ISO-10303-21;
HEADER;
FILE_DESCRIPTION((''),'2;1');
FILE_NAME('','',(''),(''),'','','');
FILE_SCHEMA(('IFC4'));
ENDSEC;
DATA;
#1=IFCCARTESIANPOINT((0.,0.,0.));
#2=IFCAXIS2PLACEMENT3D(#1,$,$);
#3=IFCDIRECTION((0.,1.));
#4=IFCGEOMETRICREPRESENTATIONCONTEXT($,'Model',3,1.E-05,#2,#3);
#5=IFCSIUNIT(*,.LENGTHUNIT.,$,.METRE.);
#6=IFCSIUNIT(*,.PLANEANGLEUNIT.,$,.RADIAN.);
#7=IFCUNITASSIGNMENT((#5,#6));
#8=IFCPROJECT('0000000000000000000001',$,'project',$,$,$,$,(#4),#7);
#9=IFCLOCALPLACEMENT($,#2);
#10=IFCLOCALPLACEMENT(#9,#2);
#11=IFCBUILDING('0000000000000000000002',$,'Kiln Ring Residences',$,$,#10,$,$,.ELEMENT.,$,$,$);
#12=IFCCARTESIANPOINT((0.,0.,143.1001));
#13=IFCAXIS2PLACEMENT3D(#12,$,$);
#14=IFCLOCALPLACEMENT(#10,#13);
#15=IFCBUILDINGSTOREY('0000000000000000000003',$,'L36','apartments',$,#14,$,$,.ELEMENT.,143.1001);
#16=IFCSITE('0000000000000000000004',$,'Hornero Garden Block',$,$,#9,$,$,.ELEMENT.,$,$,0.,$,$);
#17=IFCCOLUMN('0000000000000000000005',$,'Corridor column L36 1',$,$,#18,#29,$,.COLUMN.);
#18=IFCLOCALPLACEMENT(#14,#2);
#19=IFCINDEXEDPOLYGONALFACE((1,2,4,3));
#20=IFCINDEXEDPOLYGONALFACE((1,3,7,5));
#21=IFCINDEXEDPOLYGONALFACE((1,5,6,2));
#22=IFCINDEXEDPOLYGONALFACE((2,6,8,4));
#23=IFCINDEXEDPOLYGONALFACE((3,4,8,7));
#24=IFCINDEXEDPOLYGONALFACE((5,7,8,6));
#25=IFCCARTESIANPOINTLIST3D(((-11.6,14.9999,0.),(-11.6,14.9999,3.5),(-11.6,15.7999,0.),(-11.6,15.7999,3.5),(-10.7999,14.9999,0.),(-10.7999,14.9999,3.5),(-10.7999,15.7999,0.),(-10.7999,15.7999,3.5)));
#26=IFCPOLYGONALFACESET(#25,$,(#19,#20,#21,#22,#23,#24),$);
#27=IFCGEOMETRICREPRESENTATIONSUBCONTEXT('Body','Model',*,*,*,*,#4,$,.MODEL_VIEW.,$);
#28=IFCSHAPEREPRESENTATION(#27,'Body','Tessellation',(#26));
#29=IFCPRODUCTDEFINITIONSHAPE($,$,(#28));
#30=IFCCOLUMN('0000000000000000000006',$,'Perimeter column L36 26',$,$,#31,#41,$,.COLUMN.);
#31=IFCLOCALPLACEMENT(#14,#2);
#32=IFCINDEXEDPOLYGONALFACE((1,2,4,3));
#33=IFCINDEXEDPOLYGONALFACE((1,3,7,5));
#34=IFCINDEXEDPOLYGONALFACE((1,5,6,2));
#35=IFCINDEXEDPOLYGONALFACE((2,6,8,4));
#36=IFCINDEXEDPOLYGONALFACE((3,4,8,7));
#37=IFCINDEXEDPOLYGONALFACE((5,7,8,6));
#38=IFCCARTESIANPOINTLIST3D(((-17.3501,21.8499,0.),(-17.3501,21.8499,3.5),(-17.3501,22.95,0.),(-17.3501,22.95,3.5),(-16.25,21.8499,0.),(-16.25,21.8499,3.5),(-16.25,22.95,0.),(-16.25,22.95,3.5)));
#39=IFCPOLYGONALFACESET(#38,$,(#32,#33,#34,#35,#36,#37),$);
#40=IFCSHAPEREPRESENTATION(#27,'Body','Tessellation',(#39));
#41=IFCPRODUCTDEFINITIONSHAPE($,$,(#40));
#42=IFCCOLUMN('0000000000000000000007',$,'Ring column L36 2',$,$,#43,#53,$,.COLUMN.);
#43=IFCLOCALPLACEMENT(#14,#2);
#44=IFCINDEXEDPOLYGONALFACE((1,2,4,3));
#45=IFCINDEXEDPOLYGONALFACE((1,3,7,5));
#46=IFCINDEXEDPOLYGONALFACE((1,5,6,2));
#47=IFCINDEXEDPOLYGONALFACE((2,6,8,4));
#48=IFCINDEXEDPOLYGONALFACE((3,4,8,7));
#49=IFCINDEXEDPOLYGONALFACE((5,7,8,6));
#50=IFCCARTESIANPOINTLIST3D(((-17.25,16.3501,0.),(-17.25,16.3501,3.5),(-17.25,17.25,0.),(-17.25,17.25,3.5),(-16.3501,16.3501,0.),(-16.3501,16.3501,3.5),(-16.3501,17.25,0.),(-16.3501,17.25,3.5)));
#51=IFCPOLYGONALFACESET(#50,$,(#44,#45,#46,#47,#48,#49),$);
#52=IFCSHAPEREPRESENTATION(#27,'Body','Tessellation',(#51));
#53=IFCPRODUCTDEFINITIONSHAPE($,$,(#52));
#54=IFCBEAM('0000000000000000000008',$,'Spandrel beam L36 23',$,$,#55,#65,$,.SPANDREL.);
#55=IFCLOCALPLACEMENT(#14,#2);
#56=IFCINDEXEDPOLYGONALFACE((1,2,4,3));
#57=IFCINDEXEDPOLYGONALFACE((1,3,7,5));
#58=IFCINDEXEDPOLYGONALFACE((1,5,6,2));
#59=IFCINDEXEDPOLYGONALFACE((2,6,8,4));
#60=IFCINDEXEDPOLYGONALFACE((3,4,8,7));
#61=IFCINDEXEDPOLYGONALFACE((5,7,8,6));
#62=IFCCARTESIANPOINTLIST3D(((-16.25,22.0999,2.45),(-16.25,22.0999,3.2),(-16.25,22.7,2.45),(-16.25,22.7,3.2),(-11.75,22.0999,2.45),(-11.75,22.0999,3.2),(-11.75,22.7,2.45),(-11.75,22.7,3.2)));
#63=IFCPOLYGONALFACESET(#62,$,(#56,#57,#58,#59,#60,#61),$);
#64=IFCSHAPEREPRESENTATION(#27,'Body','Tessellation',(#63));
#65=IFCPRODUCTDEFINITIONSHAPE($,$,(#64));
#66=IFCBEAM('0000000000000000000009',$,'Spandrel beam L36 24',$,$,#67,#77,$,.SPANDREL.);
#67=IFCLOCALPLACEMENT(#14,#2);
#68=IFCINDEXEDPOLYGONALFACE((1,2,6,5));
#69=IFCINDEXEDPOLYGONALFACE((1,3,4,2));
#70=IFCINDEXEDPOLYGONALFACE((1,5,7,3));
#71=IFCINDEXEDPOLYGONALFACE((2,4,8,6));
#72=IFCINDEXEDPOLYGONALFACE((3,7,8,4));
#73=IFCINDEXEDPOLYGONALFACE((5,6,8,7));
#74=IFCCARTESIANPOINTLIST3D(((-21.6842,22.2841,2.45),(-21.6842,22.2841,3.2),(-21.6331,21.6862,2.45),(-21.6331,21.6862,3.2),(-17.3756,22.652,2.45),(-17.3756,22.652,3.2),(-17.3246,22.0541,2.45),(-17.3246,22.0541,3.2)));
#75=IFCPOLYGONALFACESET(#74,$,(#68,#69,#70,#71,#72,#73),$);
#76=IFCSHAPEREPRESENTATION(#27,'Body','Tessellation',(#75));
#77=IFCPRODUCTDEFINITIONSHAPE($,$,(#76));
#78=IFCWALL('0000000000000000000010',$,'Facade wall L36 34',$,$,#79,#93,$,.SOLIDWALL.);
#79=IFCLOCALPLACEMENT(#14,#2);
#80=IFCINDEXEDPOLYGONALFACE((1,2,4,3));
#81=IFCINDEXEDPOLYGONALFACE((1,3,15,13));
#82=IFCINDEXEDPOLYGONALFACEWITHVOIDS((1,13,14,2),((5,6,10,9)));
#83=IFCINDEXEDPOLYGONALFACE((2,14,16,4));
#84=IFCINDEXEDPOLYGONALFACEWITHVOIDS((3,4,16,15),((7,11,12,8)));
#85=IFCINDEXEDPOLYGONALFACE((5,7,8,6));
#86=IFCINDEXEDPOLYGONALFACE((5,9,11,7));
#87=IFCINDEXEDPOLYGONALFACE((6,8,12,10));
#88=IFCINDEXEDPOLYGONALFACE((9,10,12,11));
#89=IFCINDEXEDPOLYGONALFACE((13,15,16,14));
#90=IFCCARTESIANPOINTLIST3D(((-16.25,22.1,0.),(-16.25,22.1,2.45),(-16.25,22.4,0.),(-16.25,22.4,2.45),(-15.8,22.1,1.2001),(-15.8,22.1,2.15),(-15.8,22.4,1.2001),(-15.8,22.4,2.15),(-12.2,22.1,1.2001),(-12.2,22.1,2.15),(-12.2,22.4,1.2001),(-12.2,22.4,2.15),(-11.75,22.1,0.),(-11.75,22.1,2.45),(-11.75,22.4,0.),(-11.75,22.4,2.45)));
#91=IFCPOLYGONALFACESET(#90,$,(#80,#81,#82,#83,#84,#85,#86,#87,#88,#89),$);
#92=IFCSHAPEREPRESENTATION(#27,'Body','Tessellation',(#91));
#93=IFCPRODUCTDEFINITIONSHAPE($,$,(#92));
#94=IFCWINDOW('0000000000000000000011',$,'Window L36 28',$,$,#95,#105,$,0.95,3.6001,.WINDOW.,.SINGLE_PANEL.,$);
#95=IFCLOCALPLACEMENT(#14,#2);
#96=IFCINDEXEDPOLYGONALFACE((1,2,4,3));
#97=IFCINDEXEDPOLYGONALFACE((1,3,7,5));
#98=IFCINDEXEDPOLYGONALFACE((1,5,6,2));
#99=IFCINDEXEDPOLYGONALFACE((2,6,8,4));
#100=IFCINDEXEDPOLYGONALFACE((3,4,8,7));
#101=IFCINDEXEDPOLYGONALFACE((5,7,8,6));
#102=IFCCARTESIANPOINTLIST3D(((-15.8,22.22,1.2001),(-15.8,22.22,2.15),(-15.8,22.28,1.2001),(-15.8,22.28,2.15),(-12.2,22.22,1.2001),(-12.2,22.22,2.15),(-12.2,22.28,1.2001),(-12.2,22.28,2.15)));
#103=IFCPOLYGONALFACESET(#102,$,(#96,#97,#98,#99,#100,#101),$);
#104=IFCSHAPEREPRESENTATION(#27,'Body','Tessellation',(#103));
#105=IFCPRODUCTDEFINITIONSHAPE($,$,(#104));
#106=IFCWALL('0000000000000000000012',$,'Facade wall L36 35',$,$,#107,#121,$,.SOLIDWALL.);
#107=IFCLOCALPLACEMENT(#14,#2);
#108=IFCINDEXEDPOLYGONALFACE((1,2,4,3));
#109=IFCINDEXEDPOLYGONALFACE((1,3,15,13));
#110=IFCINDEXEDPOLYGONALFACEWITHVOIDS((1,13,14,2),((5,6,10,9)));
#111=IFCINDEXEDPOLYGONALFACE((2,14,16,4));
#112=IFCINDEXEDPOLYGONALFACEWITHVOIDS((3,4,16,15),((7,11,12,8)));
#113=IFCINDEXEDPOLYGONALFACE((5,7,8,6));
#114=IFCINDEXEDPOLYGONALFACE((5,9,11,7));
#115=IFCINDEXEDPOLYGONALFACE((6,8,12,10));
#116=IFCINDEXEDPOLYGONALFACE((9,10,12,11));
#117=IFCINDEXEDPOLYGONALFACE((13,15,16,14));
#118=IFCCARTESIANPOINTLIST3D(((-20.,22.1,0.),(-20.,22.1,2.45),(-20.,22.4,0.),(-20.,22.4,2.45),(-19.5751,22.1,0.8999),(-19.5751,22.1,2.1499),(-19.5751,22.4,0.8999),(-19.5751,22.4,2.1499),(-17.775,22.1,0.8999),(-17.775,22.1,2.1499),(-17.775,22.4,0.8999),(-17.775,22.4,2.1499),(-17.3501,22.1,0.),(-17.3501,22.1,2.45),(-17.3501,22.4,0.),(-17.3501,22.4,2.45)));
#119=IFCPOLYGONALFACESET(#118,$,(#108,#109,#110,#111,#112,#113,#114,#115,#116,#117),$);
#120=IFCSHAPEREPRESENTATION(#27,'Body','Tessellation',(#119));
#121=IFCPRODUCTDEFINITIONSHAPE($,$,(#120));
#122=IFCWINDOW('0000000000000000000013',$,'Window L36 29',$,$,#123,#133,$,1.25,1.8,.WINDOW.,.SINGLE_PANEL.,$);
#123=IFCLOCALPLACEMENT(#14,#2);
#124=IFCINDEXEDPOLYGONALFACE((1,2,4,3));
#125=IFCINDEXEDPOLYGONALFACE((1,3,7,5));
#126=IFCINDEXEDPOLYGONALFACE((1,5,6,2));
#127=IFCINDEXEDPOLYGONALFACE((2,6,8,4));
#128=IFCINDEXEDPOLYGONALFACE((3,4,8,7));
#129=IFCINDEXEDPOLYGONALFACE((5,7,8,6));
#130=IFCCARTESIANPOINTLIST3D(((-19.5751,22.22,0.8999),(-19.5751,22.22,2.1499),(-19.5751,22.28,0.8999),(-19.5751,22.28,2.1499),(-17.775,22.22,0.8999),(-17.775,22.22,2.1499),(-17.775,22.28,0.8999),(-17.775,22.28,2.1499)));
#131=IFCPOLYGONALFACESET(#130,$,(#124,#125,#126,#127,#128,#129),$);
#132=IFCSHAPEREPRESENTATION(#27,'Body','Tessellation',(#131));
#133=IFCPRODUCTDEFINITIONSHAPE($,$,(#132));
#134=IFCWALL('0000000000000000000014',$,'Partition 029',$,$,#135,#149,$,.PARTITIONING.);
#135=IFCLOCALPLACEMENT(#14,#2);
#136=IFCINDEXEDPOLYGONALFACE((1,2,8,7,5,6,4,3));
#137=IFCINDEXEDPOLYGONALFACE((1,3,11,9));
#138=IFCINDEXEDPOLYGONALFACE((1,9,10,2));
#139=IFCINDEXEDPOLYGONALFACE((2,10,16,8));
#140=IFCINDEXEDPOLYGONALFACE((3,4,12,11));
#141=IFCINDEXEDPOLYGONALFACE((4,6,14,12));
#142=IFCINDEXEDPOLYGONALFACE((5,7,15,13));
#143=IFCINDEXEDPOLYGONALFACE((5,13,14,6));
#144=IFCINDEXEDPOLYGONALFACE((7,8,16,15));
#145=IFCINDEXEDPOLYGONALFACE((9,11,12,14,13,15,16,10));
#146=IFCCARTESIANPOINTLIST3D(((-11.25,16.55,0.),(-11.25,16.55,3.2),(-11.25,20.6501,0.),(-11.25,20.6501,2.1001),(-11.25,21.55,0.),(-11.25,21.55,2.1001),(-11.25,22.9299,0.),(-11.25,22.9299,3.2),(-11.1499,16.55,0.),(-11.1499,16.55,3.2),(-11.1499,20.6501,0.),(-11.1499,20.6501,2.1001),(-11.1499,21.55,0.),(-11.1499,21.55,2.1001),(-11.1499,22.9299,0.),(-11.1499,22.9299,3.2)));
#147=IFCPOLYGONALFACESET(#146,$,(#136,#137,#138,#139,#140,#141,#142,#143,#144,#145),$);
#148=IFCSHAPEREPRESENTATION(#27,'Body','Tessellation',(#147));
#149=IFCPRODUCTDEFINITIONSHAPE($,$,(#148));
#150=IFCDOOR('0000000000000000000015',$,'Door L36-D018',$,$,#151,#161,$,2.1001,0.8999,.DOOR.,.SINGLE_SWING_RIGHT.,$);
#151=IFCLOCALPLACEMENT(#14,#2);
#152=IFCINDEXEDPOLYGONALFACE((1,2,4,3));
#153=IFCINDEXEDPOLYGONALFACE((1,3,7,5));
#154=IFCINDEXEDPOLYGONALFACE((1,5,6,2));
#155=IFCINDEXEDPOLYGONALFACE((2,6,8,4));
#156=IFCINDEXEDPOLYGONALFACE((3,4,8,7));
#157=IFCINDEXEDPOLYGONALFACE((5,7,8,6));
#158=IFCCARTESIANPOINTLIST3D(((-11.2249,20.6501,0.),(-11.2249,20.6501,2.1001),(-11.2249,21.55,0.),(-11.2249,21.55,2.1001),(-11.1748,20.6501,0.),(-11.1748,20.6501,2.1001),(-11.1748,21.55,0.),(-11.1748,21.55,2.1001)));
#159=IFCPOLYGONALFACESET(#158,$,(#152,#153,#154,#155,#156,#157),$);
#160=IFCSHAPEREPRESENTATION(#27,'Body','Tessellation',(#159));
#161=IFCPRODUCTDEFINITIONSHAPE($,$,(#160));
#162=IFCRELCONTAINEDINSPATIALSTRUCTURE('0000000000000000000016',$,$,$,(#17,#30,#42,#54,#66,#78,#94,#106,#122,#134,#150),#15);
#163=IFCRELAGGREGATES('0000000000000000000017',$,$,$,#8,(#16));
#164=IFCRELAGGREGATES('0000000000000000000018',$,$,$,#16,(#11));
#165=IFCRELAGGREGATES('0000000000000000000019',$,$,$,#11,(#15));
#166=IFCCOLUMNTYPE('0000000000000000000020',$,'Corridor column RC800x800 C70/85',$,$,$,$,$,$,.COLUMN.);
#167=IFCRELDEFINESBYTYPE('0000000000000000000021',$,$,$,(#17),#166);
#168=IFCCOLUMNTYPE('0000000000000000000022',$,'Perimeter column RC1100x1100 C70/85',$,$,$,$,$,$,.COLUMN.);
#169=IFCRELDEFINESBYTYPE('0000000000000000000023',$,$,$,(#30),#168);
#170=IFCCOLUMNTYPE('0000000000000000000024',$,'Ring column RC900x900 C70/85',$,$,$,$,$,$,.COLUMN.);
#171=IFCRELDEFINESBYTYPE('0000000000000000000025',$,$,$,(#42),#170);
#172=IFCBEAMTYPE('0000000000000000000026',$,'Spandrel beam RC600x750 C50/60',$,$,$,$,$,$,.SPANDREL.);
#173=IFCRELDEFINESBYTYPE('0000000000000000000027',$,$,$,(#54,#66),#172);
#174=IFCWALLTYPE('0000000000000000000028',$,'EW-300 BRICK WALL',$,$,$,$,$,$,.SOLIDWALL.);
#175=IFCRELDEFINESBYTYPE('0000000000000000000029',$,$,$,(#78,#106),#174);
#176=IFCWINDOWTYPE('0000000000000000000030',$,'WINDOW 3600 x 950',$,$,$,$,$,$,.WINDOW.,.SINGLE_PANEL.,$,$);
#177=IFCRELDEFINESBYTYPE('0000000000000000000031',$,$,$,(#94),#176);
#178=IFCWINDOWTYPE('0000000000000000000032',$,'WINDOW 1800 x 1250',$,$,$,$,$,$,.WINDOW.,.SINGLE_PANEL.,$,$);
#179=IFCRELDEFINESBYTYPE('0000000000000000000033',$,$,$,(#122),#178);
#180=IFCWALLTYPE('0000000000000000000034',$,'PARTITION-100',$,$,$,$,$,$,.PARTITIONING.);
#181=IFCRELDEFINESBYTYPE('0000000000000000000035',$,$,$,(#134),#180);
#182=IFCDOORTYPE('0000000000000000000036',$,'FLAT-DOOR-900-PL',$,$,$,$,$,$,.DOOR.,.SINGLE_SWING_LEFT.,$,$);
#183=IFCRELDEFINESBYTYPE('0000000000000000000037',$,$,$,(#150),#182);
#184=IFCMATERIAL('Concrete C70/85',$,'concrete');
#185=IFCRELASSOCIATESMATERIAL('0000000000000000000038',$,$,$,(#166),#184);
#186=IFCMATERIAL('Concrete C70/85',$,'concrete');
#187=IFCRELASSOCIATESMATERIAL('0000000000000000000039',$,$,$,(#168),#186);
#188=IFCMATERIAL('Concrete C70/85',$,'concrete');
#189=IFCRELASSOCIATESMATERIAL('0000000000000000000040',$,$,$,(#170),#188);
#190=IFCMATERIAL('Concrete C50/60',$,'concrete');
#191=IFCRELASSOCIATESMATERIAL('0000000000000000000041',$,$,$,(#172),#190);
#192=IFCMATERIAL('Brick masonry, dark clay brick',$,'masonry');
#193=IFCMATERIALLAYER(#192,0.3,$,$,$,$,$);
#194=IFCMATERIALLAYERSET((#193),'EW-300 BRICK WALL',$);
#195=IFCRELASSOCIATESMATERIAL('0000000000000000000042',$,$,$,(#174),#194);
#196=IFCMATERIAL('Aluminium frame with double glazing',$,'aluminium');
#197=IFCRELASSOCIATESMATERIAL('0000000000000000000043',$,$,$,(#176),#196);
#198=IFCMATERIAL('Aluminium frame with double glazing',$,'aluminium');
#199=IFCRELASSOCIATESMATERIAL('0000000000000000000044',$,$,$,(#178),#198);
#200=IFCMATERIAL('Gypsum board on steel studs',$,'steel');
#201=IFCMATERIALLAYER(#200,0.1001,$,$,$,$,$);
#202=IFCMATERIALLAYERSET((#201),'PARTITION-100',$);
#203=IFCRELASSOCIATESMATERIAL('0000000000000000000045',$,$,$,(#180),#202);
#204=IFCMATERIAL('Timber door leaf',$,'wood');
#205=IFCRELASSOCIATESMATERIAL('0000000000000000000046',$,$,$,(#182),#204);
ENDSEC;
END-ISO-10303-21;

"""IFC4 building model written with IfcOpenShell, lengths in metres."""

from ifc_helpers import new_model, si_unit, direction, frame, frame_2d, origin, origin_2d, place, context, subcontext, project, spatial, rectangle, extrude, material, layer, layer_set, material_profile, profile_set, type_object, element, fill, save


model = new_model("IFC4")

# Units and contexts
model_context = context("Model", 3, precision=1e-05, world=origin(), true_north=direction((0.0, 1.0)))
body_context = subcontext(model_context, "Body", "Model", "MODEL_VIEW")
ifc_project = project(units=[si_unit("LENGTHUNIT", "METRE"), si_unit("PLANEANGLEUNIT", "RADIAN")], contexts=[model_context])

# Site, building, storey
site_placement = place(None, origin())
site = spatial("IfcSite", under=ifc_project, at=site_placement, Name="Hornero Garden Block", CompositionType="ELEMENT", RefElevation=0.0)
building_placement = place(site_placement, origin())
building = spatial("IfcBuilding", under=site, at=building_placement, Name="Kiln Ring Residences", CompositionType="ELEMENT")
storey_placement = place(building_placement, frame((0.0, 0.0, 143.1001)))
storey = spatial("IfcBuildingStorey", under=building, at=storey_placement, Name="L36", Description="apartments", CompositionType="ELEMENT", Elevation=143.1001)

# Columns
ifc_material_1 = material(Name="Concrete C70/85", Category="concrete")
ifc_material_profile_1 = material_profile(ifc_material_1, rectangle(XDim=0.8, YDim=0.8, at=origin_2d()), Name="RC800x800")
ifc_profile_set_1 = profile_set([ifc_material_profile_1], Name="Concrete C70/85")
column_type_1 = type_object("IfcColumnType", Name="Corridor column RC800x800 C70/85", PredefinedType="COLUMN", material=ifc_profile_set_1)
column_1_placement = place(storey_placement, frame((-11.2, 15.3999, 0.0), z_axis=(0.0, 0.0, 1.0), x_axis=(1.0, 0.0, 0.0)))
element("IfcColumn", 1, at=column_1_placement, inside=storey, type_object=column_type_1, Name="Corridor column L36 1", PredefinedType="COLUMN", context=body_context, shape_type="SweptSolid", body=[
    extrude(rectangle(XDim=0.8, YDim=0.8, at=origin_2d()), origin(), (0.0, 0.0, 1.0), 3.5),
])
ifc_material_2 = material(Name="Concrete C70/85", Category="concrete")
ifc_material_profile_2 = material_profile(ifc_material_2, rectangle(XDim=1.1001, YDim=1.1001, at=origin_2d()), Name="RC1100x1100")
ifc_profile_set_2 = profile_set([ifc_material_profile_2], Name="Concrete C70/85")
column_type_2 = type_object("IfcColumnType", Name="Perimeter column RC1100x1100 C70/85", PredefinedType="COLUMN", material=ifc_profile_set_2)
column_2_placement = place(storey_placement, frame((-16.8, 22.3999, 0.0), z_axis=(0.0, 0.0, 1.0), x_axis=(1.0, 0.0, 0.0)))
element("IfcColumn", 2, at=column_2_placement, inside=storey, type_object=column_type_2, Name="Perimeter column L36 26", PredefinedType="COLUMN", context=body_context, shape_type="SweptSolid", body=[
    extrude(rectangle(XDim=1.1001, YDim=1.1001, at=origin_2d()), origin(), (0.0, 0.0, 1.0), 3.5),
])
ifc_material_3 = material(Name="Concrete C70/85", Category="concrete")
ifc_material_profile_3 = material_profile(ifc_material_3, rectangle(XDim=0.8999, YDim=0.8999, at=origin_2d()), Name="RC900x900")
ifc_profile_set_3 = profile_set([ifc_material_profile_3], Name="Concrete C70/85")
column_type_3 = type_object("IfcColumnType", Name="Ring column RC900x900 C70/85", PredefinedType="COLUMN", material=ifc_profile_set_3)
column_3_placement = place(storey_placement, frame((-16.8, 16.8, 0.0), z_axis=(0.0, 0.0, 1.0), x_axis=(1.0, 0.0, 0.0)))
element("IfcColumn", 3, at=column_3_placement, inside=storey, type_object=column_type_3, Name="Ring column L36 2", PredefinedType="COLUMN", context=body_context, shape_type="SweptSolid", body=[
    extrude(rectangle(XDim=0.8999, YDim=0.8999, at=origin_2d()), origin(), (0.0, 0.0, 1.0), 3.5),
])

# Beams
ifc_material_4 = material(Name="Concrete C50/60", Category="concrete")
ifc_material_profile_4 = material_profile(ifc_material_4, rectangle(XDim=0.6001, YDim=0.75, at=origin_2d()), Name="RC600x750")
ifc_profile_set_4 = profile_set([ifc_material_profile_4], Name="Concrete C50/60")
beam_type = type_object("IfcBeamType", Name="Spandrel beam RC600x750 C50/60", PredefinedType="SPANDREL", material=ifc_profile_set_4)
beam_1_placement = place(storey_placement, frame((-11.75, 22.3999, 2.825), z_axis=(-1.0, 0.0, 0.0), x_axis=(0.0, -1.0, 0.0)))
element("IfcBeam", 4, at=beam_1_placement, inside=storey, type_object=beam_type, Name="Spandrel beam L36 23", PredefinedType="SPANDREL", context=body_context, shape_type="SweptSolid", body=[
    extrude(rectangle(XDim=0.6001, YDim=0.75, at=origin_2d()), origin(), (0.0, 0.0, 1.0), 4.5),
])
beam_2_placement = place(storey_placement, frame((-17.3501, 22.353, 2.825), z_axis=(-0.996374, -0.085082, 0.0), x_axis=(0.085082, -0.996374, 0.0)))
element("IfcBeam", 5, at=beam_2_placement, inside=storey, type_object=beam_type, Name="Spandrel beam L36 24", PredefinedType="SPANDREL", context=body_context, shape_type="SweptSolid", body=[
    extrude(rectangle(XDim=0.6001, YDim=0.75, at=origin_2d()), origin(), (0.0, 0.0, 1.0), 4.3242),
])

# Walls, openings, windows
ifc_material_5 = material(Name="Brick masonry, dark clay brick", Category="masonry")
ifc_layer_1 = layer(ifc_material_5, 0.3)
ifc_layer_set_1 = layer_set([ifc_layer_1], Name="EW-300 BRICK WALL")
wall_type_1 = type_object("IfcWallType", Name="EW-300 BRICK WALL", PredefinedType="SOLIDWALL", material=ifc_layer_set_1)
wall_1_placement = place(storey_placement, frame((-11.75, 22.25, 0.0), z_axis=(0.0, 0.0, 1.0), x_axis=(-1.0, 0.0, 0.0)))
wall_1 = element("IfcWall", 6, at=wall_1_placement, inside=storey, type_object=wall_type_1, Name="Facade wall L36 34", PredefinedType="SOLIDWALL", context=body_context, shape_type="SweptSolid", body=[
    extrude(rectangle(XDim=4.5, YDim=0.3, at=frame_2d((2.25, 0.0))), origin(), (0.0, 0.0, 1.0), 2.45),
])
opening_1_placement = place(wall_1_placement, frame((0.45, 0.0, 1.2)))
opening_1 = element("IfcOpeningElement", 7, at=opening_1_placement, cuts=wall_1, PredefinedType="OPENING", context=body_context, shape_type="SweptSolid", body=[
    extrude(rectangle(XDim=3.6001, YDim=0.95, at=frame_2d((1.8, 0.4751))), frame((0.0, 0.1599, 0.0), z_axis=(0.0, -1.0, 0.0), x_axis=(1.0, 0.0, 0.0)), (0.0, 0.0, 1.0), 0.3201),
])
ifc_material_6 = material(Name="Aluminium frame with double glazing", Category="aluminium")
window_type_1 = type_object("IfcWindowType", Name="WINDOW 3600 x 950", PartitioningType="SINGLE_PANEL", PredefinedType="WINDOW", material=ifc_material_6)
window_1_placement = place(opening_1_placement, origin())
window_1 = element("IfcWindow", 8, at=window_1_placement, inside=storey, type_object=window_type_1, Name="Window L36 28", OverallHeight=0.95, OverallWidth=3.6001, PartitioningType="SINGLE_PANEL", PredefinedType="WINDOW", context=body_context, shape_type="SweptSolid", body=[
    extrude(rectangle(XDim=3.6001, YDim=0.95, at=frame_2d((1.8, 0.4751))), frame((0.0, 0.03, 0.0), z_axis=(0.0, -1.0, 0.0), x_axis=(1.0, 0.0, 0.0)), (0.0, 0.0, 1.0), 0.0601),
])
fill(opening_1, window_1)
wall_2_placement = place(storey_placement, frame((-17.3501, 22.25, 0.0), z_axis=(0.0, 0.0, 1.0), x_axis=(-1.0, 0.0, 0.0)))
wall_2 = element("IfcWall", 9, at=wall_2_placement, inside=storey, type_object=wall_type_1, Name="Facade wall L36 35", PredefinedType="SOLIDWALL", context=body_context, shape_type="SweptSolid", body=[
    extrude(rectangle(XDim=2.6499, YDim=0.3, at=frame_2d((1.325, 0.0))), origin(), (0.0, 0.0, 1.0), 2.45),
])
opening_2_placement = place(wall_2_placement, frame((0.425, 0.0, 0.8999)))
opening_2 = element("IfcOpeningElement", 10, at=opening_2_placement, cuts=wall_2, PredefinedType="OPENING", context=body_context, shape_type="SweptSolid", body=[
    extrude(rectangle(XDim=1.8, YDim=1.25, at=frame_2d((0.8999, 0.625))), frame((0.0, 0.1599, 0.0), z_axis=(0.0, -1.0, 0.0), x_axis=(1.0, 0.0, 0.0)), (0.0, 0.0, 1.0), 0.3201),
])
ifc_material_7 = material(Name="Aluminium frame with double glazing", Category="aluminium")
window_type_2 = type_object("IfcWindowType", Name="WINDOW 1800 x 1250", PartitioningType="SINGLE_PANEL", PredefinedType="WINDOW", material=ifc_material_7)
window_2_placement = place(opening_2_placement, origin())
window_2 = element("IfcWindow", 11, at=window_2_placement, inside=storey, type_object=window_type_2, Name="Window L36 29", OverallHeight=1.25, OverallWidth=1.8, PartitioningType="SINGLE_PANEL", PredefinedType="WINDOW", context=body_context, shape_type="SweptSolid", body=[
    extrude(rectangle(XDim=1.8, YDim=1.25, at=frame_2d((0.8999, 0.625))), frame((0.0, 0.03, 0.0), z_axis=(0.0, -1.0, 0.0), x_axis=(1.0, 0.0, 0.0)), (0.0, 0.0, 1.0), 0.0601),
])
fill(opening_2, window_2)

# Shared definitions
ifc_material_8 = material(Name="Gypsum board on steel studs", Category="steel")
ifc_layer_2 = layer(ifc_material_8, 0.1001)
ifc_layer_set_2 = layer_set([ifc_layer_2], Name="PARTITION-100")
wall_type_2 = type_object("IfcWallType", Name="PARTITION-100", PredefinedType="PARTITIONING", material=ifc_layer_set_2)
ifc_material_9 = material(Name="Timber door leaf", Category="wood")
door_type_1 = type_object("IfcDoorType", Name="FLAT-DOOR-900-PL", OperationType="SINGLE_SWING_LEFT", PredefinedType="DOOR", material=ifc_material_9)

# Wall, opening, door
wall_3_placement = place(storey_placement, frame((-11.2, 16.55, 0.0), z_axis=(0.0, 0.0, 1.0), x_axis=(0.0, 1.0, 0.0)))
wall_3 = element("IfcWall", 12, at=wall_3_placement, inside=storey, type_object=wall_type_2, Name="Partition 029", PredefinedType="PARTITIONING", context=body_context, shape_type="SweptSolid", body=[
    extrude(rectangle(XDim=6.3799, YDim=0.1001, at=frame_2d((3.1899, 0.0))), origin(), (0.0, 0.0, 1.0), 3.2),
])
opening_3_placement = place(wall_3_placement, frame((4.1001, 0.0, 0.0)))
opening_3 = element("IfcOpeningElement", 13, at=opening_3_placement, cuts=wall_3, PredefinedType="OPENING", context=body_context, shape_type="SweptSolid", body=[
    extrude(rectangle(XDim=0.8999, YDim=2.1001, at=frame_2d((0.45, 1.05))), frame((0.0, 0.0601, 0.0), z_axis=(0.0, -1.0, 0.0), x_axis=(1.0, 0.0, 0.0)), (0.0, 0.0, 1.0), 0.1201),
])
door_1_placement = place(opening_3_placement, origin())
door_1 = element("IfcDoor", 14, at=door_1_placement, inside=storey, type_object=door_type_1, Name="Door L36-D018", OperationType="SINGLE_SWING_RIGHT", OverallHeight=2.1001, OverallWidth=0.8999, PredefinedType="DOOR", context=body_context, shape_type="SweptSolid", body=[
    extrude(rectangle(XDim=0.8999, YDim=2.1001, at=frame_2d((0.45, 1.05))), frame((0.0, 0.0249, 0.0), z_axis=(0.0, -1.0, 0.0), x_axis=(1.0, 0.0, 0.0)), (0.0, 0.0, 1.0), 0.05),
])
fill(opening_3, door_1)

save(model, "model.ifc")
